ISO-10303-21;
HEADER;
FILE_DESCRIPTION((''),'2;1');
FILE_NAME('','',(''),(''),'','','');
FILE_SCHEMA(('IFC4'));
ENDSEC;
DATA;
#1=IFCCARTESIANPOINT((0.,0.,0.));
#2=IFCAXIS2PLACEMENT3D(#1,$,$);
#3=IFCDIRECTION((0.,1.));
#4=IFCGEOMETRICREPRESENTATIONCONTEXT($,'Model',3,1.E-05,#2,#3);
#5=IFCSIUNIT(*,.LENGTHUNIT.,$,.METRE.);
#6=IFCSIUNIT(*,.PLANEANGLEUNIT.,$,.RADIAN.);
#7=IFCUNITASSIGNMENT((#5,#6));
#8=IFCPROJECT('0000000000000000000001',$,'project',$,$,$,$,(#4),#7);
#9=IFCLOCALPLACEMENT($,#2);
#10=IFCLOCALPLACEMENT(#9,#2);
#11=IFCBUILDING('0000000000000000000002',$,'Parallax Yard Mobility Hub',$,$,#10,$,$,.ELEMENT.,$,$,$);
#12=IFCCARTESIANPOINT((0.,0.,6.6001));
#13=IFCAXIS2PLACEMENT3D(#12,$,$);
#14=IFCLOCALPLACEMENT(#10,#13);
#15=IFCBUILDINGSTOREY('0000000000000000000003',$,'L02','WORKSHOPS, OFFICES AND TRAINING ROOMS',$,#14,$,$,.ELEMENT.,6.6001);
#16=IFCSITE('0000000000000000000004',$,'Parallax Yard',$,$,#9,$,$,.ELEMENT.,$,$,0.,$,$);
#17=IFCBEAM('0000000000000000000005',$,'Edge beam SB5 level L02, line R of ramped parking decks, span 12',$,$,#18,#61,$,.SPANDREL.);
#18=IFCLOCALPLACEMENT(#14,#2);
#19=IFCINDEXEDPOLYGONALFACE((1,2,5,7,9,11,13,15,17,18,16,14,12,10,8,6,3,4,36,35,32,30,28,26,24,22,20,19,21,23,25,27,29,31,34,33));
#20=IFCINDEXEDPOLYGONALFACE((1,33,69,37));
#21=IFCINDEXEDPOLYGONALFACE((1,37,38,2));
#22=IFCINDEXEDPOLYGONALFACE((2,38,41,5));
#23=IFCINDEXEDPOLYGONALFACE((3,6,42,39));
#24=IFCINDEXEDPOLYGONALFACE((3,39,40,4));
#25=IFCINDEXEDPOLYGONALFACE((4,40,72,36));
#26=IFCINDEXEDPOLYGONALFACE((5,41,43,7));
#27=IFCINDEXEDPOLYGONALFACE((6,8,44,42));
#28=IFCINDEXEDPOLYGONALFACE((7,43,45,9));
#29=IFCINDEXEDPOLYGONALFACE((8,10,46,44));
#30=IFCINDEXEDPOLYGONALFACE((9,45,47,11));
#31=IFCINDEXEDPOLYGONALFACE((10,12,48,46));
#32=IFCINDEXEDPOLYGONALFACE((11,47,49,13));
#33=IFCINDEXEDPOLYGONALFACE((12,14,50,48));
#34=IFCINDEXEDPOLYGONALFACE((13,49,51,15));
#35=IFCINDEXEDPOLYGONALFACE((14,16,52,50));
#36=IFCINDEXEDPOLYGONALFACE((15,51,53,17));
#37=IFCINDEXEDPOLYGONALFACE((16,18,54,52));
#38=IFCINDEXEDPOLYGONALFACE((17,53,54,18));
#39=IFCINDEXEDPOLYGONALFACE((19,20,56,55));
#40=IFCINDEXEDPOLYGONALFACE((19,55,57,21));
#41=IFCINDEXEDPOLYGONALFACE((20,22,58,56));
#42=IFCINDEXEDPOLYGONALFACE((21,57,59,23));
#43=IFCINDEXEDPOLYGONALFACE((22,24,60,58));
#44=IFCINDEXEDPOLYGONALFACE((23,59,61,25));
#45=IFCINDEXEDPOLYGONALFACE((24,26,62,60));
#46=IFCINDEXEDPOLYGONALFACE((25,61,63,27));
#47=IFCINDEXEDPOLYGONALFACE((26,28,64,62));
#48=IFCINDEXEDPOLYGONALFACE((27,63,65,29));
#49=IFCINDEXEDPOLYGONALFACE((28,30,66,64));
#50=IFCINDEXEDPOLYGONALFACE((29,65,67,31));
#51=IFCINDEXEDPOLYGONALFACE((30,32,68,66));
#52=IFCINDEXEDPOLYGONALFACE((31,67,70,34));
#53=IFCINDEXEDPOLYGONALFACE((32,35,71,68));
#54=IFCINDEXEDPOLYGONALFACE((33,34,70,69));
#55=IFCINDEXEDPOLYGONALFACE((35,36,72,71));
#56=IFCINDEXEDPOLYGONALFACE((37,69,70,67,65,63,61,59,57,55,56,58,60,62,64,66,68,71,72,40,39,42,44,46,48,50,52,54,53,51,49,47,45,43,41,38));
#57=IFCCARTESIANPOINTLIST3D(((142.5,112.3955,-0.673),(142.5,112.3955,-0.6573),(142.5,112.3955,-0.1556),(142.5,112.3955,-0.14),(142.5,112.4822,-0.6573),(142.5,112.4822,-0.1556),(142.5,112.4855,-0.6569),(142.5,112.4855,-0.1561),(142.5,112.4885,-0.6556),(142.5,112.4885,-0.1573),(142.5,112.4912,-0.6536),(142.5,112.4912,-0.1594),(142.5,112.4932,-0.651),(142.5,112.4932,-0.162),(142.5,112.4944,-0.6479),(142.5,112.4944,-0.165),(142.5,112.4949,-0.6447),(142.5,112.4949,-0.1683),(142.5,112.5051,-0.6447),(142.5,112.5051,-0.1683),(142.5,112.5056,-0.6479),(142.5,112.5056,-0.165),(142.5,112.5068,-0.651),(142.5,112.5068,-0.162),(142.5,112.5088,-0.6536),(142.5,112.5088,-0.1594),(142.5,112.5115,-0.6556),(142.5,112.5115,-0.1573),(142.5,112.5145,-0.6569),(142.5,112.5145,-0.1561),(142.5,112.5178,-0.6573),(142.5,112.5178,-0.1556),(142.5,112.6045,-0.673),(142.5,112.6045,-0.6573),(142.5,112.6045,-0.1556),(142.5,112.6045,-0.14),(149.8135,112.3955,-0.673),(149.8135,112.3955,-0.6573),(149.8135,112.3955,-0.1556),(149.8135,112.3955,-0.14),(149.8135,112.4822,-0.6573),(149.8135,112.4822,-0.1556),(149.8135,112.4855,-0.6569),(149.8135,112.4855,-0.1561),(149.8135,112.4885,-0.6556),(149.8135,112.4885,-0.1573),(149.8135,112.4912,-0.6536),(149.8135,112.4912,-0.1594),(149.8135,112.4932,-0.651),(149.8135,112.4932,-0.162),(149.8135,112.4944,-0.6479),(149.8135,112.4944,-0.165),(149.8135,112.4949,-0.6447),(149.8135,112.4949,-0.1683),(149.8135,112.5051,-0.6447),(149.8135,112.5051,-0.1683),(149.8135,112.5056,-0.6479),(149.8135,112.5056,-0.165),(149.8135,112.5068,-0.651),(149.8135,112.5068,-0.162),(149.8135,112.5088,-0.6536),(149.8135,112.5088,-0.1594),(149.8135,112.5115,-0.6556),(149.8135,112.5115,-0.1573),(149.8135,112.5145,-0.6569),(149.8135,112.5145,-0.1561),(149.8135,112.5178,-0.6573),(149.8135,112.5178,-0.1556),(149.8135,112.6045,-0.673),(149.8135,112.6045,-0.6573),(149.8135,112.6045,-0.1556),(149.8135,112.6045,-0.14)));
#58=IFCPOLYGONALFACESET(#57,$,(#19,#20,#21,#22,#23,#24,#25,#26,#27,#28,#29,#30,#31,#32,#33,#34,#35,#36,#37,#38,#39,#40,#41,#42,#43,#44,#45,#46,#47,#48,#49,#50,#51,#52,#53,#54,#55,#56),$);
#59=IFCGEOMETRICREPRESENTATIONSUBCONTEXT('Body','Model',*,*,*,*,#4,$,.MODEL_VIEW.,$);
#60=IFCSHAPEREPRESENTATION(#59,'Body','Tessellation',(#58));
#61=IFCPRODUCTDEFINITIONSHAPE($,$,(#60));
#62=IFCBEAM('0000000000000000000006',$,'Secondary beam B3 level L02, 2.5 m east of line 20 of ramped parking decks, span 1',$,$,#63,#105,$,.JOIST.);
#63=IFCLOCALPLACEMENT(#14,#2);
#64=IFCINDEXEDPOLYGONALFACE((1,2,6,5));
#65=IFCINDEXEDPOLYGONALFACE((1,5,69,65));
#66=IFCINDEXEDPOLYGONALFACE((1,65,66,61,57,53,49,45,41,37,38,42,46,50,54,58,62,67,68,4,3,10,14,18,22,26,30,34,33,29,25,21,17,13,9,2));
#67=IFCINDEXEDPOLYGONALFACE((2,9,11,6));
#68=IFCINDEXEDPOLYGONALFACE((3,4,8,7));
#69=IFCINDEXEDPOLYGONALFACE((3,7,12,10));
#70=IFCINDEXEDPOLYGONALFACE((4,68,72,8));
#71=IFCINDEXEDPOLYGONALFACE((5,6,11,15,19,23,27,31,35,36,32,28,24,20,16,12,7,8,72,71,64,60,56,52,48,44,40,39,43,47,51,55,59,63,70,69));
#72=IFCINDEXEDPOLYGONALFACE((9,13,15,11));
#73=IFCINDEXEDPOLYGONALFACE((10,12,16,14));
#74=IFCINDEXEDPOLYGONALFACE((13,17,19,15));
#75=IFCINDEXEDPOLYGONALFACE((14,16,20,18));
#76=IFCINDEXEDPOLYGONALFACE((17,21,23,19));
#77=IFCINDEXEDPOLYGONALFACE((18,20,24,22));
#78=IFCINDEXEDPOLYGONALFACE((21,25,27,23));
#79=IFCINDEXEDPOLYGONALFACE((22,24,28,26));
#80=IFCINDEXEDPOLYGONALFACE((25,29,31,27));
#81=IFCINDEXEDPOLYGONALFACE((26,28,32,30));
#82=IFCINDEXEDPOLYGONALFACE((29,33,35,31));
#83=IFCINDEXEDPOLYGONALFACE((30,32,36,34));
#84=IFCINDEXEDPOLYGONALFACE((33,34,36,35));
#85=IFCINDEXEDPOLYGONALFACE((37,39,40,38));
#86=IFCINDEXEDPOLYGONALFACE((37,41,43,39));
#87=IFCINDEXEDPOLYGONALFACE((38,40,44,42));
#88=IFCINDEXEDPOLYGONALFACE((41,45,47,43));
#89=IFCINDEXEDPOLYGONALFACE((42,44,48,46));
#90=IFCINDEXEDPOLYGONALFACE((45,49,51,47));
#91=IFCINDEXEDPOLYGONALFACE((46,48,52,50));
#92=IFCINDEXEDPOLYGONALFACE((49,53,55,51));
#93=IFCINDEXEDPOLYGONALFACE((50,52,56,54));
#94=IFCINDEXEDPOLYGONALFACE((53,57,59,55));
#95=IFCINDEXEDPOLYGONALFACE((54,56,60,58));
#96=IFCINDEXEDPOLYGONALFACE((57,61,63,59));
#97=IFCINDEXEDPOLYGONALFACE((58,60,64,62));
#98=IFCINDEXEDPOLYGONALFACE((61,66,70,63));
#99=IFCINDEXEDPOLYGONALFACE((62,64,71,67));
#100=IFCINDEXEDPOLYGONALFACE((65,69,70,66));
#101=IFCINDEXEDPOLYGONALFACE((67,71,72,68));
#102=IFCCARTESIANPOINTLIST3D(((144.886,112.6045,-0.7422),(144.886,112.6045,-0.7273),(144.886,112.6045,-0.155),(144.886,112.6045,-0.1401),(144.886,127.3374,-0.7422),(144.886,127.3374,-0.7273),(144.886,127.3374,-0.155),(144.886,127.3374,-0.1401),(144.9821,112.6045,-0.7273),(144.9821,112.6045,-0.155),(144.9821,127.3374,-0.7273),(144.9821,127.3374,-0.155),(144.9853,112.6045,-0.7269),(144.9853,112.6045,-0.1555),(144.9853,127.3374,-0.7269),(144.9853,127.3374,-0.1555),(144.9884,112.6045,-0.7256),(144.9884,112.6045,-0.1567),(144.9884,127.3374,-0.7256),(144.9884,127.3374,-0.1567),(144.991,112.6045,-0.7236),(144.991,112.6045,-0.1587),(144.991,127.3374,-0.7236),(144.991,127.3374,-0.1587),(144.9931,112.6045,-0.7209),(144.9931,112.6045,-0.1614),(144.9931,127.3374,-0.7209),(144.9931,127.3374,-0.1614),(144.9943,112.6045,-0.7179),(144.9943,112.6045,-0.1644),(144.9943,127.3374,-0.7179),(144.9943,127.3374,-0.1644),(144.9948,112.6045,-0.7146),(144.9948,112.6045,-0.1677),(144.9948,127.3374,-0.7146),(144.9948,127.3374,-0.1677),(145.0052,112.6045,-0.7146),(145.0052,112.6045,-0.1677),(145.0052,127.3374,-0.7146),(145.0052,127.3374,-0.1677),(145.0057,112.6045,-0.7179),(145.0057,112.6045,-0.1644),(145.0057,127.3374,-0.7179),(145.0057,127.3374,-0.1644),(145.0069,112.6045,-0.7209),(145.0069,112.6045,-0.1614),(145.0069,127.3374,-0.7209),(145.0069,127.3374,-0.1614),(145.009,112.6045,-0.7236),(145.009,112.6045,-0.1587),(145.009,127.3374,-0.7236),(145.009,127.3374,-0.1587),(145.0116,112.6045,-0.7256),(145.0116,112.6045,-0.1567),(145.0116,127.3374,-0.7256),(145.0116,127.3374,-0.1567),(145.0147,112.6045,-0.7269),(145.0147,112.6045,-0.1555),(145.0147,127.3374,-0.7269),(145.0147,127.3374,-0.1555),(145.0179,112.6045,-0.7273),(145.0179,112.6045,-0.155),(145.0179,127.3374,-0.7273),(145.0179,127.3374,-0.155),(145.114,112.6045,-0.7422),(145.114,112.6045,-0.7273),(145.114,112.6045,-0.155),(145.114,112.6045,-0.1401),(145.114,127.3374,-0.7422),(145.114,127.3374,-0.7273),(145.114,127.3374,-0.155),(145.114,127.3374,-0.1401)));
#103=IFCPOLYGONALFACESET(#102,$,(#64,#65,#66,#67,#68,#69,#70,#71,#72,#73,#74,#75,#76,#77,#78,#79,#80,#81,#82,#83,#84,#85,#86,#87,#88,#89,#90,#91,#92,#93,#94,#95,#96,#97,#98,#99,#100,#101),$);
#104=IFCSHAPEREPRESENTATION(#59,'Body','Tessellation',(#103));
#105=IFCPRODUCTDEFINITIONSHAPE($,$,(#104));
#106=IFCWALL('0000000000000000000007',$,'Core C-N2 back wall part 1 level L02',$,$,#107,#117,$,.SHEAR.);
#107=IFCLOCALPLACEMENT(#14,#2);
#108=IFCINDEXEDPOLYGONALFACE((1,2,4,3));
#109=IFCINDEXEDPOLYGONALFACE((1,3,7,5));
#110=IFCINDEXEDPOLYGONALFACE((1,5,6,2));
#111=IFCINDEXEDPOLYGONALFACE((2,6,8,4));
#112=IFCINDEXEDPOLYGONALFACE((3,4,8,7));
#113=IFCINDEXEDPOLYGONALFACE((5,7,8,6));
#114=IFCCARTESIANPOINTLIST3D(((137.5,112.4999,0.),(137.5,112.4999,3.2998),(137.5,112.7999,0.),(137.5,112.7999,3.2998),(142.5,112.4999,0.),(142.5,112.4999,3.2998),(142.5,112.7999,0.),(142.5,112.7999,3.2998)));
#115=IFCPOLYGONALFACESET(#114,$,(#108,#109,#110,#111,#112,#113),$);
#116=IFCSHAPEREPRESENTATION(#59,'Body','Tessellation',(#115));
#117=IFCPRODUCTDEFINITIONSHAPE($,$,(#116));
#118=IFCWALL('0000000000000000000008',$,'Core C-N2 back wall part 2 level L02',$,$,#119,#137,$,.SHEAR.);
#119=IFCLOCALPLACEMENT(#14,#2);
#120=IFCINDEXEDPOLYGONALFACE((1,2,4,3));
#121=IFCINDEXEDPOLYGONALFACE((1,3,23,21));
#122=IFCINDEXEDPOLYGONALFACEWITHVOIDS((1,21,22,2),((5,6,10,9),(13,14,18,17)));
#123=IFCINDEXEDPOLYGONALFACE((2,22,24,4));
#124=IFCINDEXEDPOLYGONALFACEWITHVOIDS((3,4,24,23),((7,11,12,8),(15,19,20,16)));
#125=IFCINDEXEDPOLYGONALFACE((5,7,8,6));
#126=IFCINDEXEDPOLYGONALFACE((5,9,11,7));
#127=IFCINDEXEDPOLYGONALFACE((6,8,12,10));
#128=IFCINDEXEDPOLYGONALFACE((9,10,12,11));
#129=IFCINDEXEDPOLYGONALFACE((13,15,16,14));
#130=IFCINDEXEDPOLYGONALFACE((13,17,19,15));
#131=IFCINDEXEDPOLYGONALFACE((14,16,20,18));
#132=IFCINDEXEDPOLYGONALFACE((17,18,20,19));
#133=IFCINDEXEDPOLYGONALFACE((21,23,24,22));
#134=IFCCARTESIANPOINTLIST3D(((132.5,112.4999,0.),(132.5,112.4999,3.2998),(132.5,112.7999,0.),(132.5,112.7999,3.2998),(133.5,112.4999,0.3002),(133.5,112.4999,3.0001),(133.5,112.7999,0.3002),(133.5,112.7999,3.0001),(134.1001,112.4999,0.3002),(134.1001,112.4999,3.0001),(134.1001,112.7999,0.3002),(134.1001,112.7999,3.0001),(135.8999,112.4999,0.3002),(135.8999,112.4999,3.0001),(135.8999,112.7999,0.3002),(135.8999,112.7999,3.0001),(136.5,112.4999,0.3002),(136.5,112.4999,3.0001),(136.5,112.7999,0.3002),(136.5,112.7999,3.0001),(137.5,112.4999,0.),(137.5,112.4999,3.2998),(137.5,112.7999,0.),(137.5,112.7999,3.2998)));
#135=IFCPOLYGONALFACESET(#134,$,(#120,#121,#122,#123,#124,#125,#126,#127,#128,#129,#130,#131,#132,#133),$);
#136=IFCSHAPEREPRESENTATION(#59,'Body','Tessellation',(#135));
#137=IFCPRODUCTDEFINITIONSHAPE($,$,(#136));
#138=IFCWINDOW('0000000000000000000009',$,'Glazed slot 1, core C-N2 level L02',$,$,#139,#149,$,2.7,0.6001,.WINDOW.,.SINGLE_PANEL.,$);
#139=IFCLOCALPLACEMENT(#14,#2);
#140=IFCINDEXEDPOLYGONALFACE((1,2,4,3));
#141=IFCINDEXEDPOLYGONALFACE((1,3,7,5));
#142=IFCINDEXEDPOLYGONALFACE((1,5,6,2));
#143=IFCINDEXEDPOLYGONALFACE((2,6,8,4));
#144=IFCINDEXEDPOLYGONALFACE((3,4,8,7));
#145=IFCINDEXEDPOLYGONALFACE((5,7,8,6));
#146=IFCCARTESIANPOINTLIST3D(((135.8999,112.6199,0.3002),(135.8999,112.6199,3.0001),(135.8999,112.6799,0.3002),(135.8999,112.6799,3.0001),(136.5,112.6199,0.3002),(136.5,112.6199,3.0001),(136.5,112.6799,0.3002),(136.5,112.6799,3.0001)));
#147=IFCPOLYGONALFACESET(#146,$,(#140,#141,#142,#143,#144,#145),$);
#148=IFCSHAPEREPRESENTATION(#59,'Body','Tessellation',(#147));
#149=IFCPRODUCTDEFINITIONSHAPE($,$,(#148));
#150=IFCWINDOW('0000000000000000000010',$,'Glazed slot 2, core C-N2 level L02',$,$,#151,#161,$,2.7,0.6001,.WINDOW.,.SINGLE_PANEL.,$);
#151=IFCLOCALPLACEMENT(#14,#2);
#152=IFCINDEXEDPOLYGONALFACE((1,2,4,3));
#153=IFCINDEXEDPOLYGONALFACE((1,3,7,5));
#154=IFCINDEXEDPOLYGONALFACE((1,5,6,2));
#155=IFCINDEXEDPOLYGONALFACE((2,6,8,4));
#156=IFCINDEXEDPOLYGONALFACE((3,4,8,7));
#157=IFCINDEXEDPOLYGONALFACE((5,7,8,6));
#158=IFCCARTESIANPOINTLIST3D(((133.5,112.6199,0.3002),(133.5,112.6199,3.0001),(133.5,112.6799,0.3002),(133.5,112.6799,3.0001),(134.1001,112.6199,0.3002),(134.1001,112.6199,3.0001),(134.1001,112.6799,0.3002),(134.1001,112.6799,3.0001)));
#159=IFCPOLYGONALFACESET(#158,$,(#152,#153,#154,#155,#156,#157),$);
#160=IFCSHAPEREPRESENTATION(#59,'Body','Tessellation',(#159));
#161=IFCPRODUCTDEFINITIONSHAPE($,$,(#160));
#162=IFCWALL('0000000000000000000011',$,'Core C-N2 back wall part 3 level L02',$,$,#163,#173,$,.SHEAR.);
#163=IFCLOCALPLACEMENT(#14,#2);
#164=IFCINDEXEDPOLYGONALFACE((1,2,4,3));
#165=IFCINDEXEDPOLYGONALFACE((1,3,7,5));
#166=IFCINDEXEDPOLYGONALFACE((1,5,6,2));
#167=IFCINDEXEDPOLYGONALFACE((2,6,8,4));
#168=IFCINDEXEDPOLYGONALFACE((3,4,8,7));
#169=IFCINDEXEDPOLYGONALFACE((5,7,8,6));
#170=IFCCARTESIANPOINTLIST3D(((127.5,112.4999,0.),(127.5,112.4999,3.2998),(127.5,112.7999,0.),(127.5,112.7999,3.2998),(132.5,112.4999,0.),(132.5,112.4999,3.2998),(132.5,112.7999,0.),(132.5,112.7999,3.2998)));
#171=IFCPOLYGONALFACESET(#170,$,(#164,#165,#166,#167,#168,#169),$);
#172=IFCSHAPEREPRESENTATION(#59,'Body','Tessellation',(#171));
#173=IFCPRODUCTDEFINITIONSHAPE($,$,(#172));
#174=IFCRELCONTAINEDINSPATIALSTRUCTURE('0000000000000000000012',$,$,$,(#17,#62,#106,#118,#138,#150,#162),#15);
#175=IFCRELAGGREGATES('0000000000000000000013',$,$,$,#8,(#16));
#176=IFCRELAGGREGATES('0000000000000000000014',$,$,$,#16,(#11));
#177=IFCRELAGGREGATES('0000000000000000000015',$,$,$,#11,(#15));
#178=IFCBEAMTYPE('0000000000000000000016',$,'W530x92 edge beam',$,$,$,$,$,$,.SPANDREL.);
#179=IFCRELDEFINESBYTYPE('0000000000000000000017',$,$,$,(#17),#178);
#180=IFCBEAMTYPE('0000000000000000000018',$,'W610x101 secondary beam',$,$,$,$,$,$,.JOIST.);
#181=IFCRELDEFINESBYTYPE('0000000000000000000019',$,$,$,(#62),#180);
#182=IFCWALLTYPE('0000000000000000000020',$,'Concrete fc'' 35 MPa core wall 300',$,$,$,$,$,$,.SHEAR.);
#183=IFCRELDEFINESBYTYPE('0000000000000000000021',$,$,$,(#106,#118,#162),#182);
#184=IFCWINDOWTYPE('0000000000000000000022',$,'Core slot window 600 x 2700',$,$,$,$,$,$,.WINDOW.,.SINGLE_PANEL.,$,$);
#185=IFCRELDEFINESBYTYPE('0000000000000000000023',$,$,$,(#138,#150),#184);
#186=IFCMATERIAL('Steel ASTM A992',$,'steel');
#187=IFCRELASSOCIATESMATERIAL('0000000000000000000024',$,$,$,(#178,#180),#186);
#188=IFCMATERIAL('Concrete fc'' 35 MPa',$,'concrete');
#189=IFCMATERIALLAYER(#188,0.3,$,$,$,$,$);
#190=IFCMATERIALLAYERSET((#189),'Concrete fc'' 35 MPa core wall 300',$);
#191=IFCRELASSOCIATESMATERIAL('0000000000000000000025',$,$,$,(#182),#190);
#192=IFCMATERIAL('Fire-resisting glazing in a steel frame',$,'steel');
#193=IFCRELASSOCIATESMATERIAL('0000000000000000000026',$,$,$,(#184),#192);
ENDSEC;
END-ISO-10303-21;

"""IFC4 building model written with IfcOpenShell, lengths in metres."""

from ifc_helpers import new_model, si_unit, direction, frame, frame_2d, origin, origin_2d, place, context, subcontext, project, spatial, rectangle, i_section, extrude, material, layer, layer_set, material_profile, profile_set, type_object, element, fill, save


model = new_model("IFC4")

# Units and contexts
model_context = context("Model", 3, precision=1e-05, world=origin(), true_north=direction((0.0, 1.0)))
body_context = subcontext(model_context, "Body", "Model", "MODEL_VIEW")
ifc_project = project(units=[si_unit("LENGTHUNIT", "METRE"), si_unit("PLANEANGLEUNIT", "RADIAN")], contexts=[model_context])

# Site, building, storey
site_placement = place(None, origin())
site = spatial("IfcSite", under=ifc_project, at=site_placement, Name="Parallax Yard", CompositionType="ELEMENT", RefElevation=0.0)
building_placement = place(site_placement, origin())
building = spatial("IfcBuilding", under=site, at=building_placement, Name="Parallax Yard Mobility Hub", CompositionType="ELEMENT")
storey_placement = place(building_placement, frame((0.0, 0.0, 6.6001)))
storey = spatial("IfcBuildingStorey", under=building, at=storey_placement, Name="L02", Description="WORKSHOPS, OFFICES AND TRAINING ROOMS", CompositionType="ELEMENT", Elevation=6.6001)

# Beams
ifc_material_1 = material(Name="Steel ASTM A992", Category="steel")
ifc_material_profile_1 = material_profile(ifc_material_1, i_section(OverallWidth=0.209, OverallDepth=0.533, WebThickness=0.0103, FlangeThickness=0.0156, FilletRadius=0.0127, at=origin_2d()), Name="W530x92")
ifc_profile_set_1 = profile_set([ifc_material_profile_1], Name="Steel ASTM A992")
beam_type_1 = type_object("IfcBeamType", Name="W530x92 edge beam", PredefinedType="SPANDREL", material=ifc_profile_set_1)
beam_1_placement = place(storey_placement, frame((142.5, 112.5, -0.4065), z_axis=(1.0, 0.0, 0.0), x_axis=(0.0, 1.0, 0.0)))
element("IfcBeam", 1, at=beam_1_placement, inside=storey, type_object=beam_type_1, Name="Edge beam SB5 level L02, line R of ramped parking decks, span 12", PredefinedType="SPANDREL", context=body_context, shape_type="SweptSolid", body=[
    extrude(i_section(OverallWidth=0.209, OverallDepth=0.533, WebThickness=0.0103, FlangeThickness=0.0156, FilletRadius=0.0127, at=origin_2d()), origin(), (0.0, 0.0, 1.0), 7.3135),
])
ifc_material_profile_2 = material_profile(ifc_material_1, i_section(OverallWidth=0.228, OverallDepth=0.6021, WebThickness=0.0105, FlangeThickness=0.0149, FilletRadius=0.0127, at=origin_2d()), Name="W610x101")
ifc_profile_set_2 = profile_set([ifc_material_profile_2], Name="Steel ASTM A992")
beam_type_2 = type_object("IfcBeamType", Name="W610x101 secondary beam", PredefinedType="JOIST", material=ifc_profile_set_2)
beam_2_placement = place(storey_placement, frame((145.0, 112.6045, -0.4412), z_axis=(0.0, 1.0, 0.0), x_axis=(-1.0, 0.0, 0.0)))
element("IfcBeam", 2, at=beam_2_placement, inside=storey, type_object=beam_type_2, Name="Secondary beam B3 level L02, 2.5 m east of line 20 of ramped parking decks, span 1", PredefinedType="JOIST", context=body_context, shape_type="SweptSolid", body=[
    extrude(i_section(OverallWidth=0.228, OverallDepth=0.6021, WebThickness=0.0105, FlangeThickness=0.0149, FilletRadius=0.0127, at=origin_2d()), origin(), (0.0, 0.0, 1.0), 14.7329),
])

# Wall
ifc_material_2 = material(Name="Concrete fc' 35 MPa", Category="concrete")
ifc_layer_1 = layer(ifc_material_2, 0.3)
ifc_layer_set_1 = layer_set([ifc_layer_1], Name="Concrete fc' 35 MPa core wall 300")
wall_type_1 = type_object("IfcWallType", Name="Concrete fc' 35 MPa core wall 300", PredefinedType="SHEAR", material=ifc_layer_set_1)
wall_1_placement = place(storey_placement, frame((142.5, 112.6499, 0.0), z_axis=(0.0, 0.0, 1.0), x_axis=(-1.0, 0.0, 0.0)))
element("IfcWall", 3, at=wall_1_placement, inside=storey, type_object=wall_type_1, Name="Core C-N2 back wall part 1 level L02", PredefinedType="SHEAR", context=body_context, shape_type="SweptSolid", body=[
    extrude(rectangle(XDim=5.0, YDim=0.3, at=frame_2d((2.5, 0.0))), origin(), (0.0, 0.0, 1.0), 3.2998),
])

# Wall, openings, windows
wall_2_placement = place(storey_placement, frame((137.5, 112.6499, 0.0), z_axis=(0.0, 0.0, 1.0), x_axis=(-1.0, 0.0, 0.0)))
wall_2 = element("IfcWall", 4, at=wall_2_placement, inside=storey, type_object=wall_type_1, Name="Core C-N2 back wall part 2 level L02", PredefinedType="SHEAR", context=body_context, shape_type="SweptSolid", body=[
    extrude(rectangle(XDim=5.0, YDim=0.3, at=frame_2d((2.5, 0.0))), origin(), (0.0, 0.0, 1.0), 3.2998),
])
opening_1_placement = place(wall_2_placement, frame((1.0, 0.0, 0.3)))
opening_1 = element("IfcOpeningElement", 5, at=opening_1_placement, cuts=wall_2, PredefinedType="OPENING", context=body_context, shape_type="SweptSolid", body=[
    extrude(rectangle(XDim=0.6001, YDim=2.7, at=frame_2d((0.3, 1.3501))), frame((0.0, 0.1602, 0.0), z_axis=(0.0, -1.0, 0.0), x_axis=(1.0, 0.0, 0.0)), (0.0, 0.0, 1.0), 0.3201),
])
opening_2_placement = place(wall_2_placement, frame((3.3999, 0.0, 0.3)))
opening_2 = element("IfcOpeningElement", 6, at=opening_2_placement, cuts=wall_2, PredefinedType="OPENING", context=body_context, shape_type="SweptSolid", body=[
    extrude(rectangle(XDim=0.6001, YDim=2.7, at=frame_2d((0.3, 1.3501))), frame((0.0, 0.1602, 0.0), z_axis=(0.0, -1.0, 0.0), x_axis=(1.0, 0.0, 0.0)), (0.0, 0.0, 1.0), 0.3201),
])
ifc_material_3 = material(Name="Fire-resisting glazing in a steel frame", Category="steel")
window_type = type_object("IfcWindowType", Name="Core slot window 600 x 2700", PartitioningType="SINGLE_PANEL", PredefinedType="WINDOW", material=ifc_material_3)
window_1_placement = place(opening_1_placement, origin())
window_1 = element("IfcWindow", 7, at=window_1_placement, inside=storey, type_object=window_type, Name="Glazed slot 1, core C-N2 level L02", OverallHeight=2.7, OverallWidth=0.6001, PartitioningType="SINGLE_PANEL", PredefinedType="WINDOW", context=body_context, shape_type="SweptSolid", body=[
    extrude(rectangle(XDim=0.6001, YDim=2.7, at=frame_2d((0.3, 1.3501))), frame((0.0, 0.03, 0.0), z_axis=(0.0, -1.0, 0.0), x_axis=(1.0, 0.0, 0.0)), (0.0, 0.0, 1.0), 0.0601),
])
fill(opening_1, window_1)
window_2_placement = place(opening_2_placement, origin())
window_2 = element("IfcWindow", 8, at=window_2_placement, inside=storey, type_object=window_type, Name="Glazed slot 2, core C-N2 level L02", OverallHeight=2.7, OverallWidth=0.6001, PartitioningType="SINGLE_PANEL", PredefinedType="WINDOW", context=body_context, shape_type="SweptSolid", body=[
    extrude(rectangle(XDim=0.6001, YDim=2.7, at=frame_2d((0.3, 1.3501))), frame((0.0, 0.03, 0.0), z_axis=(0.0, -1.0, 0.0), x_axis=(1.0, 0.0, 0.0)), (0.0, 0.0, 1.0), 0.0601),
])
fill(opening_2, window_2)

# Wall
wall_3_placement = place(storey_placement, frame((132.5, 112.6499, 0.0), z_axis=(0.0, 0.0, 1.0), x_axis=(-1.0, 0.0, 0.0)))
element("IfcWall", 9, at=wall_3_placement, inside=storey, type_object=wall_type_1, Name="Core C-N2 back wall part 3 level L02", PredefinedType="SHEAR", context=body_context, shape_type="SweptSolid", body=[
    extrude(rectangle(XDim=5.0, YDim=0.3, at=frame_2d((2.5, 0.0))), origin(), (0.0, 0.0, 1.0), 3.2998),
])

save(model, "model.ifc")
